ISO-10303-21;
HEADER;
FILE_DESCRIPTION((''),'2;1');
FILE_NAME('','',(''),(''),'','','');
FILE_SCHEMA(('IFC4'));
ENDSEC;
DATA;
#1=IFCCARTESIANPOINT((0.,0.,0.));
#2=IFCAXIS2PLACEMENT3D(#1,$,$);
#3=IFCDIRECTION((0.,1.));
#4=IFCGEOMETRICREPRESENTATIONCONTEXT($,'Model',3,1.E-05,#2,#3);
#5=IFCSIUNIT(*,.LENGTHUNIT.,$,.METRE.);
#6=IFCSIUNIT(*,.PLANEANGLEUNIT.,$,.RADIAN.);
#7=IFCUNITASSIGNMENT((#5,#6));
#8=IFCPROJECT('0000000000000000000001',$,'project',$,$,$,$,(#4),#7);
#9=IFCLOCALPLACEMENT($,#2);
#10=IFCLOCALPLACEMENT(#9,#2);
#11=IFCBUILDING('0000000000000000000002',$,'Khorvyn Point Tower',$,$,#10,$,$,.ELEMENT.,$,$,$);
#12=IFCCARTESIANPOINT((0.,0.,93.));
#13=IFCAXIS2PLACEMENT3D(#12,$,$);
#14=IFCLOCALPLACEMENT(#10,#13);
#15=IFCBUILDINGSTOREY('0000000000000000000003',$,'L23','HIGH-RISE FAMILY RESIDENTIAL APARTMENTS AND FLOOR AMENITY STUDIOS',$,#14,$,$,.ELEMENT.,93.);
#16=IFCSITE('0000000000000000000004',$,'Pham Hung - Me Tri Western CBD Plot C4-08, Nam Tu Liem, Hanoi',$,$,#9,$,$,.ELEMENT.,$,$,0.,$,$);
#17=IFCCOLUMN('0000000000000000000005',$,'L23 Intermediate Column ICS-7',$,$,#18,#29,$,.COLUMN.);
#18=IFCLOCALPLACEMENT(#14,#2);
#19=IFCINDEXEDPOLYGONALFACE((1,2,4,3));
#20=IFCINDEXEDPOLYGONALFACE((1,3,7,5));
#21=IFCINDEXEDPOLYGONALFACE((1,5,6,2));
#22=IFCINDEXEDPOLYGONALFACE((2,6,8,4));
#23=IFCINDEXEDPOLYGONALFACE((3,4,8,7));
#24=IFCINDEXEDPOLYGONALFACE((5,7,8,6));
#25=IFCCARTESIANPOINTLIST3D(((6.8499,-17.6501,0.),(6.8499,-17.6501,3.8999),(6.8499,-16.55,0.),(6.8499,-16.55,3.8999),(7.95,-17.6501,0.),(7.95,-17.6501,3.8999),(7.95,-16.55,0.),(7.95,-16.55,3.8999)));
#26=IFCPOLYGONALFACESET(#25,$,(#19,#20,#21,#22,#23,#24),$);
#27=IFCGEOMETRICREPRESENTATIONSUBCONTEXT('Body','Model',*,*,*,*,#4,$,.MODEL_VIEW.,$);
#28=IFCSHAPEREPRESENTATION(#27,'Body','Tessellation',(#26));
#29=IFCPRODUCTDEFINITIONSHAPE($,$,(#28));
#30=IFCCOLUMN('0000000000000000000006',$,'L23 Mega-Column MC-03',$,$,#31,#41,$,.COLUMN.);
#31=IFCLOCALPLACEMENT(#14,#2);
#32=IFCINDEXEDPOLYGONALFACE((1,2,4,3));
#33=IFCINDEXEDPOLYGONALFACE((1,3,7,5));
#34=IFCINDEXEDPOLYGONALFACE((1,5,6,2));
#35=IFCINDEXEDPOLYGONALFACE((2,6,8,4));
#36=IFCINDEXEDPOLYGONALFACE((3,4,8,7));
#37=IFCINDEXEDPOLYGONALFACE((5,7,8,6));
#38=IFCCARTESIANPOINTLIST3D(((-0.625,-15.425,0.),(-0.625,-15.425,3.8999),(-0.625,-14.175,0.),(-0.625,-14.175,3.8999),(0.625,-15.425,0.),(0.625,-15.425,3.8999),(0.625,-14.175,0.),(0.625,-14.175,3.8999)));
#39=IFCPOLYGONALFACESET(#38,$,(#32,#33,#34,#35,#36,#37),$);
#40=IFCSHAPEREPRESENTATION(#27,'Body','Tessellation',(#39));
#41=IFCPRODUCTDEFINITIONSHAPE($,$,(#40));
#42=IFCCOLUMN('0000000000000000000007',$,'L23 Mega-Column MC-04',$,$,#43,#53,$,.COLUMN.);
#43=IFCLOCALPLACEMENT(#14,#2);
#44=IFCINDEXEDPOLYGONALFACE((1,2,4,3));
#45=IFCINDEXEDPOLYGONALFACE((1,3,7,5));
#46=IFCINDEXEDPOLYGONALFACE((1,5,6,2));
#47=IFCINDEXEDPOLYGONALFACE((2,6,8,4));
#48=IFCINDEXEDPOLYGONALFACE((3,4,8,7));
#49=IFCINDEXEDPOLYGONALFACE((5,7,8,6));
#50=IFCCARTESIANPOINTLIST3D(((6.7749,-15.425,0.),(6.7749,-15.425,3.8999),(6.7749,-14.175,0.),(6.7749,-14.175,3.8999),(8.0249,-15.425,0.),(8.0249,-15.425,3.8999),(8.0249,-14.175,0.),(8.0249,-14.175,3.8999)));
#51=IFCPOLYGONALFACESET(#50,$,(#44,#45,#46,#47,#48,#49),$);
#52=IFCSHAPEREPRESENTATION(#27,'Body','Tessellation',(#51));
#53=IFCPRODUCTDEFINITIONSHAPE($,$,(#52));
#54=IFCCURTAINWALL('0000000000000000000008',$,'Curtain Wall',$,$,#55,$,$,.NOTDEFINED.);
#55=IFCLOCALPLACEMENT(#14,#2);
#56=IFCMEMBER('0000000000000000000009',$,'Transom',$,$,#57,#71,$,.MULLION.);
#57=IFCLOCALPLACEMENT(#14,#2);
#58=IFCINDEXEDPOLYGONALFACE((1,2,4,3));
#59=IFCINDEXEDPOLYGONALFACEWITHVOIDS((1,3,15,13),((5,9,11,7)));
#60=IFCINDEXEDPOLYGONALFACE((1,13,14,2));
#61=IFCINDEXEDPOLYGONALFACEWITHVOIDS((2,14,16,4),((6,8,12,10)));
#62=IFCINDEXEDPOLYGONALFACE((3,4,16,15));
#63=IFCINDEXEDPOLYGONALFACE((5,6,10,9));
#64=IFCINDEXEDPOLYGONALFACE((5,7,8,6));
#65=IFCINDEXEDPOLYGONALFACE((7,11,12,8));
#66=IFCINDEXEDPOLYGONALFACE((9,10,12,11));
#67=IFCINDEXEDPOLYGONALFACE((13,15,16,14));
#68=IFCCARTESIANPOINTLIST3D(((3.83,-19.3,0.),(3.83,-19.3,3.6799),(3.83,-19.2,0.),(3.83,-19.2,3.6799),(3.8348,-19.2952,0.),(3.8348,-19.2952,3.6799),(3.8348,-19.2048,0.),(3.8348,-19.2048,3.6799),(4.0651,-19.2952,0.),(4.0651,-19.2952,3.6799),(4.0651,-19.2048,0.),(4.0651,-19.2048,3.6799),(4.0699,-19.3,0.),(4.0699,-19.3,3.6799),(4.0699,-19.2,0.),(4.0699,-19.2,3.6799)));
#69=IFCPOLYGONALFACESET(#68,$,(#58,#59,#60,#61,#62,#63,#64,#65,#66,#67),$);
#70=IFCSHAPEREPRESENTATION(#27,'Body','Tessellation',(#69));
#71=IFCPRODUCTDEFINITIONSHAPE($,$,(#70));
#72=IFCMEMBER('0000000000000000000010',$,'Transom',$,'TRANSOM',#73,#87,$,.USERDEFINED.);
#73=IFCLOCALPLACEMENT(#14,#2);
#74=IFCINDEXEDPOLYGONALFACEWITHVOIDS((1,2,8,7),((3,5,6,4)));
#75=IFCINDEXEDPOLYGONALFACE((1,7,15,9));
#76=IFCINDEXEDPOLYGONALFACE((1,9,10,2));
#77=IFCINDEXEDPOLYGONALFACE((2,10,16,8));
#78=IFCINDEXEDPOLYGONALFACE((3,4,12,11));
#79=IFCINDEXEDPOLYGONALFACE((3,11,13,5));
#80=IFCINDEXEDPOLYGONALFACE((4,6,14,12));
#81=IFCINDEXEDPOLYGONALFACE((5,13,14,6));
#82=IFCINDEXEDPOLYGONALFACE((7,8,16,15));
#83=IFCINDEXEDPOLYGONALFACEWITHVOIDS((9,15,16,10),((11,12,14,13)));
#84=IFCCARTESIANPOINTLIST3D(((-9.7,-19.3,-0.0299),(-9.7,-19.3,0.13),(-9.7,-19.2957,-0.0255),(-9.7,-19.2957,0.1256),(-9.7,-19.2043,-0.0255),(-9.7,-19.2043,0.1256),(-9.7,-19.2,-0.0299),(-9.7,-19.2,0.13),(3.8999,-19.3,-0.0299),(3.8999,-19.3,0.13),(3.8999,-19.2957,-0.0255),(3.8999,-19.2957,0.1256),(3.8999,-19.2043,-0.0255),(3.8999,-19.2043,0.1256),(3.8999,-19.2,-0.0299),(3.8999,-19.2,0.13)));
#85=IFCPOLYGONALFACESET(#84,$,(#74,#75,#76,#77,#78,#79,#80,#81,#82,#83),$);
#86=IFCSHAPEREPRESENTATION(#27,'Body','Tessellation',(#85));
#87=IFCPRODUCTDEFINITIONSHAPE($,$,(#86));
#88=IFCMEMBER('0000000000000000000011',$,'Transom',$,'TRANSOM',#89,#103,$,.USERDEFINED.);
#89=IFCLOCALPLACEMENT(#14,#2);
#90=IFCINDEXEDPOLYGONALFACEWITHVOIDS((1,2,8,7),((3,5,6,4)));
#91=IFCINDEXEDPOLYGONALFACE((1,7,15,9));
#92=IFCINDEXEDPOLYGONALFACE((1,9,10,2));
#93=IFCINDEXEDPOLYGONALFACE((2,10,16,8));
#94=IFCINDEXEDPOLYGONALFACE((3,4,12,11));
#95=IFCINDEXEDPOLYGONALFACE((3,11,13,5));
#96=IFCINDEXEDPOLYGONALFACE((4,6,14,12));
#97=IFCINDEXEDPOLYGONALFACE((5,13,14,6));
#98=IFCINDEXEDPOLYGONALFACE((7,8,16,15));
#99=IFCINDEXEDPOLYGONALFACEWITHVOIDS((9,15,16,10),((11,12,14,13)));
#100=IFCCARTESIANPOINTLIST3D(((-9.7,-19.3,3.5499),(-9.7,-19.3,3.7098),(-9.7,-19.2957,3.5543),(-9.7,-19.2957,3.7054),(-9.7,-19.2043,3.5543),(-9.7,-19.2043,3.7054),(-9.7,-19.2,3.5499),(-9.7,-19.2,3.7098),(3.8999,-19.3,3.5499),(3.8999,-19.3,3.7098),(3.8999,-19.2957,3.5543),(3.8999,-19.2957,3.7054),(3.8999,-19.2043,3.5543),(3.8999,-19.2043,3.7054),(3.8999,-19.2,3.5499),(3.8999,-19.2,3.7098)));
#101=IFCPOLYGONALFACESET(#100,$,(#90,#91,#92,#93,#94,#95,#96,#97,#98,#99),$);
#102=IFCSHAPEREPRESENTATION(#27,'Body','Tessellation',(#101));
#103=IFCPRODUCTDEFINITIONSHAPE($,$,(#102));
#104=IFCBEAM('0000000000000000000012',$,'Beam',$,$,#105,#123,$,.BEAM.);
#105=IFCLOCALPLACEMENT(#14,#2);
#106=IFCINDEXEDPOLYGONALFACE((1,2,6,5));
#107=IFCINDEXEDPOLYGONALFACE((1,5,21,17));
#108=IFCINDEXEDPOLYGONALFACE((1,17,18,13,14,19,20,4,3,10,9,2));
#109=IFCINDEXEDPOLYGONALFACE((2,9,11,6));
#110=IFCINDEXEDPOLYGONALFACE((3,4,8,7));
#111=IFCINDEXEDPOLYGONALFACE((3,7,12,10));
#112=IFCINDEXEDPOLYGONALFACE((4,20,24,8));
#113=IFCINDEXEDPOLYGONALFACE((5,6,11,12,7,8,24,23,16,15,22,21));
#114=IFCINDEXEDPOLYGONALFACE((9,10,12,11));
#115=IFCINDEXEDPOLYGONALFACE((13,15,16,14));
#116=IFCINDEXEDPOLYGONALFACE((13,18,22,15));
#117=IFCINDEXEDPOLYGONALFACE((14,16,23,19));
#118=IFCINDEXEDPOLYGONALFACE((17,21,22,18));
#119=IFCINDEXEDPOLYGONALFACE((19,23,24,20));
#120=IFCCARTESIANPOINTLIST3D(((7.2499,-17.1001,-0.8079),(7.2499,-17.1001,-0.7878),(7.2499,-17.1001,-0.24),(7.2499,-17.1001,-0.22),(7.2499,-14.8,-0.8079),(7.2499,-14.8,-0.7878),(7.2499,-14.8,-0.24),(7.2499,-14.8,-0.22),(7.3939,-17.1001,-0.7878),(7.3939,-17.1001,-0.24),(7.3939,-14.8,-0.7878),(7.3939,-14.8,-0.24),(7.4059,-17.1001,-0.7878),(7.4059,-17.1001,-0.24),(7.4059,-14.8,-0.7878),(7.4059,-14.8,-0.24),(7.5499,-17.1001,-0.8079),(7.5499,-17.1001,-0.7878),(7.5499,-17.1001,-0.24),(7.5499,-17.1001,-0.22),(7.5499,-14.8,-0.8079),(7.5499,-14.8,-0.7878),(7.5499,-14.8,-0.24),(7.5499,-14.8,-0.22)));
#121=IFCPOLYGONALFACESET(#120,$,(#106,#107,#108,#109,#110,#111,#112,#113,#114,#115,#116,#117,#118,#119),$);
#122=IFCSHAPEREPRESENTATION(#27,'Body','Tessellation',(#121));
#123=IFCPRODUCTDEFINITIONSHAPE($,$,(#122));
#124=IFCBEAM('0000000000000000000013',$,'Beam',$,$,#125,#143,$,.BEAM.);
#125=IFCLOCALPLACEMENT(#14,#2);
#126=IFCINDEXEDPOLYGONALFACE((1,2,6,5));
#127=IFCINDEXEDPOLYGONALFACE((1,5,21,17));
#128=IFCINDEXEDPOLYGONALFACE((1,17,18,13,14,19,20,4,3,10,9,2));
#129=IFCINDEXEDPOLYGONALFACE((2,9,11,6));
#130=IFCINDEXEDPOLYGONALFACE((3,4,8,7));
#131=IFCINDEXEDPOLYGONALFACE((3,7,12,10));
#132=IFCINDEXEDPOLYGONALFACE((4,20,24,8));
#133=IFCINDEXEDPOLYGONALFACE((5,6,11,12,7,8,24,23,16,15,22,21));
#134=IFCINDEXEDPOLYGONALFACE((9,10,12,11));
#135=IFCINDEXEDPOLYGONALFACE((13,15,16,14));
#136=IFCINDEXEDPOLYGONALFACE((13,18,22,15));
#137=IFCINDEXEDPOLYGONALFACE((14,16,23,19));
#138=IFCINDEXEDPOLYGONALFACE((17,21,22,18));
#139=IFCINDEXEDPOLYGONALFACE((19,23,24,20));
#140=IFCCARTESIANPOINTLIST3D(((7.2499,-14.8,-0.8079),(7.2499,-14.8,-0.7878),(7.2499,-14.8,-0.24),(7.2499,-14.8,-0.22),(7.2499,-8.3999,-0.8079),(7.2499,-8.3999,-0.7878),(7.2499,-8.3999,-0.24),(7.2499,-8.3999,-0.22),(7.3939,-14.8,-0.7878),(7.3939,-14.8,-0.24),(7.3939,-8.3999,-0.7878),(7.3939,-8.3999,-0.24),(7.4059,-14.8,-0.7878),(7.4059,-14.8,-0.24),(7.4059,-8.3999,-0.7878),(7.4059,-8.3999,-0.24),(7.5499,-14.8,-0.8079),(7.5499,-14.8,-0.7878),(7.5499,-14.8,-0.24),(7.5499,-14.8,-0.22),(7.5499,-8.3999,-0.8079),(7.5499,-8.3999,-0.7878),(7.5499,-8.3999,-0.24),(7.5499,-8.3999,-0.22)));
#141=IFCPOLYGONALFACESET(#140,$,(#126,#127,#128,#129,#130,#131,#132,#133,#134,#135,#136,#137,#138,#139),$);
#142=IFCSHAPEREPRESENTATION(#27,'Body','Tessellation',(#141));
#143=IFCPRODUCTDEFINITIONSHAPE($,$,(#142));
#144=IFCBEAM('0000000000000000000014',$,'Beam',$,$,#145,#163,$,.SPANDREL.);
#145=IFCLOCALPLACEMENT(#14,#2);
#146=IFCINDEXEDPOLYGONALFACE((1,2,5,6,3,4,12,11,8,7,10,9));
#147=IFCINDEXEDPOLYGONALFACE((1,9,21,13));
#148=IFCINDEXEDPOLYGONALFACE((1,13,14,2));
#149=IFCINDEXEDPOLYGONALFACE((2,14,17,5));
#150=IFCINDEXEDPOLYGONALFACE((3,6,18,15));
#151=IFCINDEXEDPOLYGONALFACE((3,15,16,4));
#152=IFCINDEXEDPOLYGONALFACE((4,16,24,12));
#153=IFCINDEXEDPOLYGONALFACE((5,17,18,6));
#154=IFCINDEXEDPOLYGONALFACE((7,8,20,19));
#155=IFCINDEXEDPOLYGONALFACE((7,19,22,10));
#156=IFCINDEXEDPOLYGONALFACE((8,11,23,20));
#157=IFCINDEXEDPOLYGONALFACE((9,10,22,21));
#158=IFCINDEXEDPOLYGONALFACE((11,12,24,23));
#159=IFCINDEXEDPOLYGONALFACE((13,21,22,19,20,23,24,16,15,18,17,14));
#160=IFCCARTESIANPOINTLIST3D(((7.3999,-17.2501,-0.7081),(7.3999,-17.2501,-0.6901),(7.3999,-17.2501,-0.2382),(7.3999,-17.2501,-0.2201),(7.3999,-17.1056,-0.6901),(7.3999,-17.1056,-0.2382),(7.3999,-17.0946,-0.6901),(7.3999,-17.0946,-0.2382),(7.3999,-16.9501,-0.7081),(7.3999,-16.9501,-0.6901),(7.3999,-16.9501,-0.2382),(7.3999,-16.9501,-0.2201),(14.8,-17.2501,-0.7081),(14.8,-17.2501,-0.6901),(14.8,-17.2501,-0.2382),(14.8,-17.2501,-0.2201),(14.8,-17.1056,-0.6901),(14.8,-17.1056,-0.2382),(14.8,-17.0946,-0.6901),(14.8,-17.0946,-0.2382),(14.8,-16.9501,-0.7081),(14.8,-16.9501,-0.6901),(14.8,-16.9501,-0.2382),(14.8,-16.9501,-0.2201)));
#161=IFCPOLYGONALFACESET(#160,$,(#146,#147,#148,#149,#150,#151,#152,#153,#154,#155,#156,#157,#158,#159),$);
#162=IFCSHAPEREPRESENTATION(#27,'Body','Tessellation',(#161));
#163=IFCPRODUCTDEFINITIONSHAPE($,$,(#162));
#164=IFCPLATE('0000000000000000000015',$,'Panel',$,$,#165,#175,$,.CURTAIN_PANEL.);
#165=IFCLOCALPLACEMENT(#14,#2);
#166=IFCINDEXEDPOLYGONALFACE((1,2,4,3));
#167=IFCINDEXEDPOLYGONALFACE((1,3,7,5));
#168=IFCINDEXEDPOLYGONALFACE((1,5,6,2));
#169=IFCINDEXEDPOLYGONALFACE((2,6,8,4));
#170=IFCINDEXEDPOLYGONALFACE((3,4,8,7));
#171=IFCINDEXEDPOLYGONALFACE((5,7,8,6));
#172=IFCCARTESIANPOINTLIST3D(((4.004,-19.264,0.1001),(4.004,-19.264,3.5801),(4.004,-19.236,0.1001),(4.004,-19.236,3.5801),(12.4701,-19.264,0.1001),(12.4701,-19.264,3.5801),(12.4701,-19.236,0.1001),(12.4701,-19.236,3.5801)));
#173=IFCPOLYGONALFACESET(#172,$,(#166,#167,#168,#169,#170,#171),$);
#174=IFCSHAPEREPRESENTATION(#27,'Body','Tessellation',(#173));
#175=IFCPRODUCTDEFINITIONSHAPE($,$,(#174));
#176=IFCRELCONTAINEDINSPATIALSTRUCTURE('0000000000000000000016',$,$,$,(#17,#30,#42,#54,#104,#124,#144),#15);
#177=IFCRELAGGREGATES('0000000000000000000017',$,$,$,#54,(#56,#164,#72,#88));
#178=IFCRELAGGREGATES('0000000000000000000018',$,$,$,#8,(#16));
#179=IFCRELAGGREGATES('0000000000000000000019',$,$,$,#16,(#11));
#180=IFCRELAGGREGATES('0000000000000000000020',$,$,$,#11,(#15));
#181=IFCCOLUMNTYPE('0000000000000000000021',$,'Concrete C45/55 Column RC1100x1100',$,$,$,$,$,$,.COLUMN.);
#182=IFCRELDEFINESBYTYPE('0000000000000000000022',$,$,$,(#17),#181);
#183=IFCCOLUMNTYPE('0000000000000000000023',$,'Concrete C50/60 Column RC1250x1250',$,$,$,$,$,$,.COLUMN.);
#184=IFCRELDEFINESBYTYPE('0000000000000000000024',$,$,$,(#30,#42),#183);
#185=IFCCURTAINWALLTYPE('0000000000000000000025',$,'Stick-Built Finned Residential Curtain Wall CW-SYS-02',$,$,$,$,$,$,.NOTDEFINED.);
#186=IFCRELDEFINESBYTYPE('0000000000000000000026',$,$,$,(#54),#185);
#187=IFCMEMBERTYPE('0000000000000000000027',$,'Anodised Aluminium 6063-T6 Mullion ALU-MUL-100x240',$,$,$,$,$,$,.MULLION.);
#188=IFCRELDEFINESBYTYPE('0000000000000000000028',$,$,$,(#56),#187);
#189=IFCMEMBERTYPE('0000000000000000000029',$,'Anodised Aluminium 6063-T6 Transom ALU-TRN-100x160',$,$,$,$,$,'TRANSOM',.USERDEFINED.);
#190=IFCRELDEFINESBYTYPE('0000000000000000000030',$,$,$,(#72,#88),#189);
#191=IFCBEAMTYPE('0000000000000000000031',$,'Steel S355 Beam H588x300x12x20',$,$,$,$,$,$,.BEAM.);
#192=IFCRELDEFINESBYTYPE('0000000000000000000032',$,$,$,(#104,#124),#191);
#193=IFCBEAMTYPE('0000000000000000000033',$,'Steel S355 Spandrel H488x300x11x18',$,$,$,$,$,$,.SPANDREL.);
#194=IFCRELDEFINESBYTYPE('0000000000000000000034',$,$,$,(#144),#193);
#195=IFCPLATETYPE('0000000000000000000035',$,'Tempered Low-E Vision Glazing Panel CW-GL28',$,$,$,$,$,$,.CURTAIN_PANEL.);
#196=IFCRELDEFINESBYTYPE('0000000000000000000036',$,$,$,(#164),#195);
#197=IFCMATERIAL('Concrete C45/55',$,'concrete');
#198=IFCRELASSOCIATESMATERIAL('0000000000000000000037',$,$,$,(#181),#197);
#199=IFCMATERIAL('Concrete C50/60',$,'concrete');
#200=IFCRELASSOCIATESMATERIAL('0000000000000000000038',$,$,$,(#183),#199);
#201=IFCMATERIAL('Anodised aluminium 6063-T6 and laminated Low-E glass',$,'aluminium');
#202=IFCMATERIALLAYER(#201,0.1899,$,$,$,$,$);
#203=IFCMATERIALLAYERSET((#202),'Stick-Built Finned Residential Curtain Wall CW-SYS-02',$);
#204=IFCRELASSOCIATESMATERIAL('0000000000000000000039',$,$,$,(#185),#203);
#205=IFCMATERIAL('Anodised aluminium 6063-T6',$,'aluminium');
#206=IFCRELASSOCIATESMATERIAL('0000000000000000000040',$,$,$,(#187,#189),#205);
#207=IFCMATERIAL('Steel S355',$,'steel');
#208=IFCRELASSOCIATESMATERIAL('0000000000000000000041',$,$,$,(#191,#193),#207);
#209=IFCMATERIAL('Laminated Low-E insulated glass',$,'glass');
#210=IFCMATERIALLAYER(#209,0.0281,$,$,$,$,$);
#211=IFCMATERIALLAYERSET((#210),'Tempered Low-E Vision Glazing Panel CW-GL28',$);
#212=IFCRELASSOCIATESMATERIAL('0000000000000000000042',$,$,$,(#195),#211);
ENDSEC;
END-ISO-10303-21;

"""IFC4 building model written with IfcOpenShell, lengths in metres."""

from ifc_helpers import new_model, si_unit, direction, frame, origin, origin_2d, place, context, subcontext, project, spatial, rectangle, hollow_rectangle, i_section, extrude, material, layer, layer_set, material_profile, profile_set, type_object, element, aggregate, save


model = new_model("IFC4")

# Units and contexts
model_context = context("Model", 3, precision=1e-05, world=origin(), true_north=direction((0.0, 1.0)))
body_context = subcontext(model_context, "Body", "Model", "MODEL_VIEW")
ifc_project = project(units=[si_unit("LENGTHUNIT", "METRE"), si_unit("PLANEANGLEUNIT", "RADIAN")], contexts=[model_context])

# Site, building, storey
site_placement = place(None, origin())
site = spatial("IfcSite", under=ifc_project, at=site_placement, Name="Pham Hung - Me Tri Western CBD Plot C4-08, Nam Tu Liem, Hanoi", CompositionType="ELEMENT", RefElevation=0.0)
building_placement = place(site_placement, origin())
building = spatial("IfcBuilding", under=site, at=building_placement, Name="Khorvyn Point Tower", CompositionType="ELEMENT")
storey_placement = place(building_placement, frame((0.0, 0.0, 93.0)))
storey = spatial("IfcBuildingStorey", under=building, at=storey_placement, Name="L23", Description="HIGH-RISE FAMILY RESIDENTIAL APARTMENTS AND FLOOR AMENITY STUDIOS", CompositionType="ELEMENT", Elevation=93.0)

# Columns
ifc_material_1 = material(Name="Concrete C45/55", Category="concrete")
ifc_material_profile_1 = material_profile(ifc_material_1, rectangle(XDim=1.1001, YDim=1.1001, at=origin_2d()))
ifc_profile_set_1 = profile_set([ifc_material_profile_1], Name="Concrete C45/55 RC1100x1100")
column_type_1 = type_object("IfcColumnType", Name="Concrete C45/55 Column RC1100x1100", PredefinedType="COLUMN", material=ifc_profile_set_1)
column_placement = place(storey_placement, frame((7.3999, -17.1001, 0.0), z_axis=(0.0, 0.0, 1.0), x_axis=(1.0, 0.0, 0.0)))
element("IfcColumn", 1, at=column_placement, inside=storey, type_object=column_type_1, Name="L23 Intermediate Column ICS-7", PredefinedType="COLUMN", context=body_context, shape_type="SweptSolid", body=[
    extrude(rectangle(XDim=1.1001, YDim=1.1001, at=origin_2d()), origin(), (0.0, 0.0, 1.0), 3.8999),
])
ifc_material_2 = material(Name="Concrete C50/60", Category="concrete")
ifc_material_profile_2 = material_profile(ifc_material_2, rectangle(XDim=1.25, YDim=1.25, at=origin_2d()))
ifc_profile_set_2 = profile_set([ifc_material_profile_2], Name="Concrete C50/60 RC1250x1250")
column_type_2 = type_object("IfcColumnType", Name="Concrete C50/60 Column RC1250x1250", PredefinedType="COLUMN", material=ifc_profile_set_2)
for number, where, z_axis, x_axis, name in (
    (2, (0.0, -14.8, 0.0), (0.0, 0.0, 1.0), (1.0, 0.0, 0.0), "L23 Mega-Column MC-03"),
    (3, (7.3999, -14.8, 0.0), (0.0, 0.0, 1.0), (1.0, 0.0, 0.0), "L23 Mega-Column MC-04"),
):
    element("IfcColumn", number, at=place(storey_placement, frame(where, z_axis=z_axis, x_axis=x_axis)), inside=storey, type_object=column_type_2, Name=name, PredefinedType="COLUMN", context=body_context, shape_type="SweptSolid", body=[
        extrude(rectangle(XDim=1.25, YDim=1.25, at=origin_2d()), origin(), (0.0, 0.0, 1.0), 3.8999),
    ])

# Curtain wall, members
ifc_material_3 = material(Name="Anodised aluminium 6063-T6 and laminated Low-E glass", Category="aluminium")
ifc_layer_1 = layer(ifc_material_3, 0.1899)
ifc_layer_set_1 = layer_set([ifc_layer_1], Name="Stick-Built Finned Residential Curtain Wall CW-SYS-02")
curtain_wall_type = type_object("IfcCurtainWallType", Name="Stick-Built Finned Residential Curtain Wall CW-SYS-02", PredefinedType="NOTDEFINED", material=ifc_layer_set_1)
curtain_wall_placement = place(storey_placement, origin())
curtain_wall = element("IfcCurtainWall", 4, at=curtain_wall_placement, inside=storey, type_object=curtain_wall_type, Name="Curtain Wall", PredefinedType="NOTDEFINED")
ifc_material_4 = material(Name="Anodised aluminium 6063-T6", Category="aluminium")
ifc_material_profile_3 = material_profile(ifc_material_4, hollow_rectangle(XDim=0.1001, YDim=0.24, WallThickness=0.0049, at=origin_2d()))
ifc_profile_set_3 = profile_set([ifc_material_profile_3], Name="Anodised aluminium 6063-T6 ALU-MUL-100x240")
member_type_1 = type_object("IfcMemberType", Name="Anodised Aluminium 6063-T6 Mullion ALU-MUL-100x240", PredefinedType="MULLION", material=ifc_profile_set_3)
member_1_placement = place(storey_placement, frame((3.95, -19.25, 0.0), z_axis=(0.0, 0.0, 1.0), x_axis=(0.0, -1.0, 0.0)))
member_1 = element("IfcMember", 5, at=member_1_placement, type_object=member_type_1, Name="Transom", PredefinedType="MULLION", context=body_context, shape_type="SweptSolid", body=[
    extrude(hollow_rectangle(XDim=0.1001, YDim=0.24, WallThickness=0.0049, at=origin_2d()), origin(), (0.0, 0.0, 1.0), 3.6799),
])
ifc_material_profile_4 = material_profile(ifc_material_4, hollow_rectangle(XDim=0.1001, YDim=0.1599, WallThickness=0.0044, at=origin_2d()))
ifc_profile_set_4 = profile_set([ifc_material_profile_4], Name="Anodised aluminium 6063-T6 ALU-TRN-100x160")
member_type_2 = type_object("IfcMemberType", Name="Anodised Aluminium 6063-T6 Transom ALU-TRN-100x160", ElementType="TRANSOM", PredefinedType="USERDEFINED", material=ifc_profile_set_4)
member_2_placement = place(storey_placement, frame((3.8999, -19.25, 0.05), z_axis=(-1.0, 0.0, 0.0), x_axis=(0.0, -1.0, 0.0)))
member_2 = element("IfcMember", 6, at=member_2_placement, type_object=member_type_2, Name="Transom", ObjectType="TRANSOM", PredefinedType="USERDEFINED", context=body_context, shape_type="SweptSolid", body=[
    extrude(hollow_rectangle(XDim=0.1001, YDim=0.1599, WallThickness=0.0044, at=origin_2d()), origin(), (0.0, 0.0, 1.0), 13.5999),
])
member_3_placement = place(storey_placement, frame((3.8999, -19.25, 3.6299), z_axis=(-1.0, 0.0, 0.0), x_axis=(0.0, -1.0, 0.0)))
member_3 = element("IfcMember", 7, at=member_3_placement, type_object=member_type_2, Name="Transom", ObjectType="TRANSOM", PredefinedType="USERDEFINED", context=body_context, shape_type="SweptSolid", body=[
    extrude(hollow_rectangle(XDim=0.1001, YDim=0.1599, WallThickness=0.0044, at=origin_2d()), origin(), (0.0, 0.0, 1.0), 13.5999),
])

# Beams
ifc_material_5 = material(Name="Steel S355", Category="steel")
ifc_material_profile_5 = material_profile(ifc_material_5, i_section(OverallWidth=0.3, OverallDepth=0.5879, WebThickness=0.012, FlangeThickness=0.02, at=origin_2d()))
ifc_profile_set_5 = profile_set([ifc_material_profile_5], Name="Steel S355 H588x300x12x20")
beam_type_1 = type_object("IfcBeamType", Name="Steel S355 Beam H588x300x12x20", PredefinedType="BEAM", material=ifc_profile_set_5)
beam_1_placement = place(storey_placement, frame((7.3999, -17.1001, -0.5139), z_axis=(0.0, 1.0, 0.0), x_axis=(-1.0, 0.0, 0.0)))
element("IfcBeam", 8, at=beam_1_placement, inside=storey, type_object=beam_type_1, Name="Beam", PredefinedType="BEAM", context=body_context, shape_type="SweptSolid", body=[
    extrude(i_section(OverallWidth=0.3, OverallDepth=0.5879, WebThickness=0.012, FlangeThickness=0.02, at=origin_2d()), origin(), (0.0, 0.0, 1.0), 2.3),
])
beam_2_placement = place(storey_placement, frame((7.3999, -14.8, -0.5139), z_axis=(0.0, 1.0, 0.0), x_axis=(-1.0, 0.0, 0.0)))
element("IfcBeam", 9, at=beam_2_placement, inside=storey, type_object=beam_type_1, Name="Beam", PredefinedType="BEAM", context=body_context, shape_type="SweptSolid", body=[
    extrude(i_section(OverallWidth=0.3, OverallDepth=0.5879, WebThickness=0.012, FlangeThickness=0.02, at=origin_2d()), origin(), (0.0, 0.0, 1.0), 6.4001),
])
ifc_material_profile_6 = material_profile(ifc_material_5, i_section(OverallWidth=0.3, OverallDepth=0.488, WebThickness=0.011, FlangeThickness=0.0181, at=origin_2d()))
ifc_profile_set_6 = profile_set([ifc_material_profile_6], Name="Steel S355 H488x300x11x18")
beam_type_2 = type_object("IfcBeamType", Name="Steel S355 Spandrel H488x300x11x18", PredefinedType="SPANDREL", material=ifc_profile_set_6)
beam_3_placement = place(storey_placement, frame((7.3999, -17.1001, -0.4641), z_axis=(1.0, 0.0, 0.0), x_axis=(0.0, 1.0, 0.0)))
element("IfcBeam", 10, at=beam_3_placement, inside=storey, type_object=beam_type_2, Name="Beam", PredefinedType="SPANDREL", context=body_context, shape_type="SweptSolid", body=[
    extrude(i_section(OverallWidth=0.3, OverallDepth=0.488, WebThickness=0.011, FlangeThickness=0.0181, at=origin_2d()), origin(), (0.0, 0.0, 1.0), 7.4001),
])

# Plate
ifc_material_6 = material(Name="Laminated Low-E insulated glass", Category="glass")
ifc_layer_2 = layer(ifc_material_6, 0.0281)
ifc_layer_set_2 = layer_set([ifc_layer_2], Name="Tempered Low-E Vision Glazing Panel CW-GL28")
plate_type = type_object("IfcPlateType", Name="Tempered Low-E Vision Glazing Panel CW-GL28", PredefinedType="CURTAIN_PANEL", material=ifc_layer_set_2)
plate_1_placement = place(storey_placement, frame((8.2371, -19.25, 0.1001), z_axis=(0.0, 0.0, 1.0), x_axis=(-1.0, 0.0, 0.0)))
plate_1 = element("IfcPlate", 11, at=plate_1_placement, type_object=plate_type, Name="Panel", PredefinedType="CURTAIN_PANEL", context=body_context, shape_type="SweptSolid", body=[
    extrude(rectangle(XDim=8.4661, YDim=0.0281, at=origin_2d()), origin(), (0.0, 0.0, 1.0), 3.48),
])
aggregate(curtain_wall, [member_1, plate_1, member_2, member_3])

save(model, "model.ifc")
